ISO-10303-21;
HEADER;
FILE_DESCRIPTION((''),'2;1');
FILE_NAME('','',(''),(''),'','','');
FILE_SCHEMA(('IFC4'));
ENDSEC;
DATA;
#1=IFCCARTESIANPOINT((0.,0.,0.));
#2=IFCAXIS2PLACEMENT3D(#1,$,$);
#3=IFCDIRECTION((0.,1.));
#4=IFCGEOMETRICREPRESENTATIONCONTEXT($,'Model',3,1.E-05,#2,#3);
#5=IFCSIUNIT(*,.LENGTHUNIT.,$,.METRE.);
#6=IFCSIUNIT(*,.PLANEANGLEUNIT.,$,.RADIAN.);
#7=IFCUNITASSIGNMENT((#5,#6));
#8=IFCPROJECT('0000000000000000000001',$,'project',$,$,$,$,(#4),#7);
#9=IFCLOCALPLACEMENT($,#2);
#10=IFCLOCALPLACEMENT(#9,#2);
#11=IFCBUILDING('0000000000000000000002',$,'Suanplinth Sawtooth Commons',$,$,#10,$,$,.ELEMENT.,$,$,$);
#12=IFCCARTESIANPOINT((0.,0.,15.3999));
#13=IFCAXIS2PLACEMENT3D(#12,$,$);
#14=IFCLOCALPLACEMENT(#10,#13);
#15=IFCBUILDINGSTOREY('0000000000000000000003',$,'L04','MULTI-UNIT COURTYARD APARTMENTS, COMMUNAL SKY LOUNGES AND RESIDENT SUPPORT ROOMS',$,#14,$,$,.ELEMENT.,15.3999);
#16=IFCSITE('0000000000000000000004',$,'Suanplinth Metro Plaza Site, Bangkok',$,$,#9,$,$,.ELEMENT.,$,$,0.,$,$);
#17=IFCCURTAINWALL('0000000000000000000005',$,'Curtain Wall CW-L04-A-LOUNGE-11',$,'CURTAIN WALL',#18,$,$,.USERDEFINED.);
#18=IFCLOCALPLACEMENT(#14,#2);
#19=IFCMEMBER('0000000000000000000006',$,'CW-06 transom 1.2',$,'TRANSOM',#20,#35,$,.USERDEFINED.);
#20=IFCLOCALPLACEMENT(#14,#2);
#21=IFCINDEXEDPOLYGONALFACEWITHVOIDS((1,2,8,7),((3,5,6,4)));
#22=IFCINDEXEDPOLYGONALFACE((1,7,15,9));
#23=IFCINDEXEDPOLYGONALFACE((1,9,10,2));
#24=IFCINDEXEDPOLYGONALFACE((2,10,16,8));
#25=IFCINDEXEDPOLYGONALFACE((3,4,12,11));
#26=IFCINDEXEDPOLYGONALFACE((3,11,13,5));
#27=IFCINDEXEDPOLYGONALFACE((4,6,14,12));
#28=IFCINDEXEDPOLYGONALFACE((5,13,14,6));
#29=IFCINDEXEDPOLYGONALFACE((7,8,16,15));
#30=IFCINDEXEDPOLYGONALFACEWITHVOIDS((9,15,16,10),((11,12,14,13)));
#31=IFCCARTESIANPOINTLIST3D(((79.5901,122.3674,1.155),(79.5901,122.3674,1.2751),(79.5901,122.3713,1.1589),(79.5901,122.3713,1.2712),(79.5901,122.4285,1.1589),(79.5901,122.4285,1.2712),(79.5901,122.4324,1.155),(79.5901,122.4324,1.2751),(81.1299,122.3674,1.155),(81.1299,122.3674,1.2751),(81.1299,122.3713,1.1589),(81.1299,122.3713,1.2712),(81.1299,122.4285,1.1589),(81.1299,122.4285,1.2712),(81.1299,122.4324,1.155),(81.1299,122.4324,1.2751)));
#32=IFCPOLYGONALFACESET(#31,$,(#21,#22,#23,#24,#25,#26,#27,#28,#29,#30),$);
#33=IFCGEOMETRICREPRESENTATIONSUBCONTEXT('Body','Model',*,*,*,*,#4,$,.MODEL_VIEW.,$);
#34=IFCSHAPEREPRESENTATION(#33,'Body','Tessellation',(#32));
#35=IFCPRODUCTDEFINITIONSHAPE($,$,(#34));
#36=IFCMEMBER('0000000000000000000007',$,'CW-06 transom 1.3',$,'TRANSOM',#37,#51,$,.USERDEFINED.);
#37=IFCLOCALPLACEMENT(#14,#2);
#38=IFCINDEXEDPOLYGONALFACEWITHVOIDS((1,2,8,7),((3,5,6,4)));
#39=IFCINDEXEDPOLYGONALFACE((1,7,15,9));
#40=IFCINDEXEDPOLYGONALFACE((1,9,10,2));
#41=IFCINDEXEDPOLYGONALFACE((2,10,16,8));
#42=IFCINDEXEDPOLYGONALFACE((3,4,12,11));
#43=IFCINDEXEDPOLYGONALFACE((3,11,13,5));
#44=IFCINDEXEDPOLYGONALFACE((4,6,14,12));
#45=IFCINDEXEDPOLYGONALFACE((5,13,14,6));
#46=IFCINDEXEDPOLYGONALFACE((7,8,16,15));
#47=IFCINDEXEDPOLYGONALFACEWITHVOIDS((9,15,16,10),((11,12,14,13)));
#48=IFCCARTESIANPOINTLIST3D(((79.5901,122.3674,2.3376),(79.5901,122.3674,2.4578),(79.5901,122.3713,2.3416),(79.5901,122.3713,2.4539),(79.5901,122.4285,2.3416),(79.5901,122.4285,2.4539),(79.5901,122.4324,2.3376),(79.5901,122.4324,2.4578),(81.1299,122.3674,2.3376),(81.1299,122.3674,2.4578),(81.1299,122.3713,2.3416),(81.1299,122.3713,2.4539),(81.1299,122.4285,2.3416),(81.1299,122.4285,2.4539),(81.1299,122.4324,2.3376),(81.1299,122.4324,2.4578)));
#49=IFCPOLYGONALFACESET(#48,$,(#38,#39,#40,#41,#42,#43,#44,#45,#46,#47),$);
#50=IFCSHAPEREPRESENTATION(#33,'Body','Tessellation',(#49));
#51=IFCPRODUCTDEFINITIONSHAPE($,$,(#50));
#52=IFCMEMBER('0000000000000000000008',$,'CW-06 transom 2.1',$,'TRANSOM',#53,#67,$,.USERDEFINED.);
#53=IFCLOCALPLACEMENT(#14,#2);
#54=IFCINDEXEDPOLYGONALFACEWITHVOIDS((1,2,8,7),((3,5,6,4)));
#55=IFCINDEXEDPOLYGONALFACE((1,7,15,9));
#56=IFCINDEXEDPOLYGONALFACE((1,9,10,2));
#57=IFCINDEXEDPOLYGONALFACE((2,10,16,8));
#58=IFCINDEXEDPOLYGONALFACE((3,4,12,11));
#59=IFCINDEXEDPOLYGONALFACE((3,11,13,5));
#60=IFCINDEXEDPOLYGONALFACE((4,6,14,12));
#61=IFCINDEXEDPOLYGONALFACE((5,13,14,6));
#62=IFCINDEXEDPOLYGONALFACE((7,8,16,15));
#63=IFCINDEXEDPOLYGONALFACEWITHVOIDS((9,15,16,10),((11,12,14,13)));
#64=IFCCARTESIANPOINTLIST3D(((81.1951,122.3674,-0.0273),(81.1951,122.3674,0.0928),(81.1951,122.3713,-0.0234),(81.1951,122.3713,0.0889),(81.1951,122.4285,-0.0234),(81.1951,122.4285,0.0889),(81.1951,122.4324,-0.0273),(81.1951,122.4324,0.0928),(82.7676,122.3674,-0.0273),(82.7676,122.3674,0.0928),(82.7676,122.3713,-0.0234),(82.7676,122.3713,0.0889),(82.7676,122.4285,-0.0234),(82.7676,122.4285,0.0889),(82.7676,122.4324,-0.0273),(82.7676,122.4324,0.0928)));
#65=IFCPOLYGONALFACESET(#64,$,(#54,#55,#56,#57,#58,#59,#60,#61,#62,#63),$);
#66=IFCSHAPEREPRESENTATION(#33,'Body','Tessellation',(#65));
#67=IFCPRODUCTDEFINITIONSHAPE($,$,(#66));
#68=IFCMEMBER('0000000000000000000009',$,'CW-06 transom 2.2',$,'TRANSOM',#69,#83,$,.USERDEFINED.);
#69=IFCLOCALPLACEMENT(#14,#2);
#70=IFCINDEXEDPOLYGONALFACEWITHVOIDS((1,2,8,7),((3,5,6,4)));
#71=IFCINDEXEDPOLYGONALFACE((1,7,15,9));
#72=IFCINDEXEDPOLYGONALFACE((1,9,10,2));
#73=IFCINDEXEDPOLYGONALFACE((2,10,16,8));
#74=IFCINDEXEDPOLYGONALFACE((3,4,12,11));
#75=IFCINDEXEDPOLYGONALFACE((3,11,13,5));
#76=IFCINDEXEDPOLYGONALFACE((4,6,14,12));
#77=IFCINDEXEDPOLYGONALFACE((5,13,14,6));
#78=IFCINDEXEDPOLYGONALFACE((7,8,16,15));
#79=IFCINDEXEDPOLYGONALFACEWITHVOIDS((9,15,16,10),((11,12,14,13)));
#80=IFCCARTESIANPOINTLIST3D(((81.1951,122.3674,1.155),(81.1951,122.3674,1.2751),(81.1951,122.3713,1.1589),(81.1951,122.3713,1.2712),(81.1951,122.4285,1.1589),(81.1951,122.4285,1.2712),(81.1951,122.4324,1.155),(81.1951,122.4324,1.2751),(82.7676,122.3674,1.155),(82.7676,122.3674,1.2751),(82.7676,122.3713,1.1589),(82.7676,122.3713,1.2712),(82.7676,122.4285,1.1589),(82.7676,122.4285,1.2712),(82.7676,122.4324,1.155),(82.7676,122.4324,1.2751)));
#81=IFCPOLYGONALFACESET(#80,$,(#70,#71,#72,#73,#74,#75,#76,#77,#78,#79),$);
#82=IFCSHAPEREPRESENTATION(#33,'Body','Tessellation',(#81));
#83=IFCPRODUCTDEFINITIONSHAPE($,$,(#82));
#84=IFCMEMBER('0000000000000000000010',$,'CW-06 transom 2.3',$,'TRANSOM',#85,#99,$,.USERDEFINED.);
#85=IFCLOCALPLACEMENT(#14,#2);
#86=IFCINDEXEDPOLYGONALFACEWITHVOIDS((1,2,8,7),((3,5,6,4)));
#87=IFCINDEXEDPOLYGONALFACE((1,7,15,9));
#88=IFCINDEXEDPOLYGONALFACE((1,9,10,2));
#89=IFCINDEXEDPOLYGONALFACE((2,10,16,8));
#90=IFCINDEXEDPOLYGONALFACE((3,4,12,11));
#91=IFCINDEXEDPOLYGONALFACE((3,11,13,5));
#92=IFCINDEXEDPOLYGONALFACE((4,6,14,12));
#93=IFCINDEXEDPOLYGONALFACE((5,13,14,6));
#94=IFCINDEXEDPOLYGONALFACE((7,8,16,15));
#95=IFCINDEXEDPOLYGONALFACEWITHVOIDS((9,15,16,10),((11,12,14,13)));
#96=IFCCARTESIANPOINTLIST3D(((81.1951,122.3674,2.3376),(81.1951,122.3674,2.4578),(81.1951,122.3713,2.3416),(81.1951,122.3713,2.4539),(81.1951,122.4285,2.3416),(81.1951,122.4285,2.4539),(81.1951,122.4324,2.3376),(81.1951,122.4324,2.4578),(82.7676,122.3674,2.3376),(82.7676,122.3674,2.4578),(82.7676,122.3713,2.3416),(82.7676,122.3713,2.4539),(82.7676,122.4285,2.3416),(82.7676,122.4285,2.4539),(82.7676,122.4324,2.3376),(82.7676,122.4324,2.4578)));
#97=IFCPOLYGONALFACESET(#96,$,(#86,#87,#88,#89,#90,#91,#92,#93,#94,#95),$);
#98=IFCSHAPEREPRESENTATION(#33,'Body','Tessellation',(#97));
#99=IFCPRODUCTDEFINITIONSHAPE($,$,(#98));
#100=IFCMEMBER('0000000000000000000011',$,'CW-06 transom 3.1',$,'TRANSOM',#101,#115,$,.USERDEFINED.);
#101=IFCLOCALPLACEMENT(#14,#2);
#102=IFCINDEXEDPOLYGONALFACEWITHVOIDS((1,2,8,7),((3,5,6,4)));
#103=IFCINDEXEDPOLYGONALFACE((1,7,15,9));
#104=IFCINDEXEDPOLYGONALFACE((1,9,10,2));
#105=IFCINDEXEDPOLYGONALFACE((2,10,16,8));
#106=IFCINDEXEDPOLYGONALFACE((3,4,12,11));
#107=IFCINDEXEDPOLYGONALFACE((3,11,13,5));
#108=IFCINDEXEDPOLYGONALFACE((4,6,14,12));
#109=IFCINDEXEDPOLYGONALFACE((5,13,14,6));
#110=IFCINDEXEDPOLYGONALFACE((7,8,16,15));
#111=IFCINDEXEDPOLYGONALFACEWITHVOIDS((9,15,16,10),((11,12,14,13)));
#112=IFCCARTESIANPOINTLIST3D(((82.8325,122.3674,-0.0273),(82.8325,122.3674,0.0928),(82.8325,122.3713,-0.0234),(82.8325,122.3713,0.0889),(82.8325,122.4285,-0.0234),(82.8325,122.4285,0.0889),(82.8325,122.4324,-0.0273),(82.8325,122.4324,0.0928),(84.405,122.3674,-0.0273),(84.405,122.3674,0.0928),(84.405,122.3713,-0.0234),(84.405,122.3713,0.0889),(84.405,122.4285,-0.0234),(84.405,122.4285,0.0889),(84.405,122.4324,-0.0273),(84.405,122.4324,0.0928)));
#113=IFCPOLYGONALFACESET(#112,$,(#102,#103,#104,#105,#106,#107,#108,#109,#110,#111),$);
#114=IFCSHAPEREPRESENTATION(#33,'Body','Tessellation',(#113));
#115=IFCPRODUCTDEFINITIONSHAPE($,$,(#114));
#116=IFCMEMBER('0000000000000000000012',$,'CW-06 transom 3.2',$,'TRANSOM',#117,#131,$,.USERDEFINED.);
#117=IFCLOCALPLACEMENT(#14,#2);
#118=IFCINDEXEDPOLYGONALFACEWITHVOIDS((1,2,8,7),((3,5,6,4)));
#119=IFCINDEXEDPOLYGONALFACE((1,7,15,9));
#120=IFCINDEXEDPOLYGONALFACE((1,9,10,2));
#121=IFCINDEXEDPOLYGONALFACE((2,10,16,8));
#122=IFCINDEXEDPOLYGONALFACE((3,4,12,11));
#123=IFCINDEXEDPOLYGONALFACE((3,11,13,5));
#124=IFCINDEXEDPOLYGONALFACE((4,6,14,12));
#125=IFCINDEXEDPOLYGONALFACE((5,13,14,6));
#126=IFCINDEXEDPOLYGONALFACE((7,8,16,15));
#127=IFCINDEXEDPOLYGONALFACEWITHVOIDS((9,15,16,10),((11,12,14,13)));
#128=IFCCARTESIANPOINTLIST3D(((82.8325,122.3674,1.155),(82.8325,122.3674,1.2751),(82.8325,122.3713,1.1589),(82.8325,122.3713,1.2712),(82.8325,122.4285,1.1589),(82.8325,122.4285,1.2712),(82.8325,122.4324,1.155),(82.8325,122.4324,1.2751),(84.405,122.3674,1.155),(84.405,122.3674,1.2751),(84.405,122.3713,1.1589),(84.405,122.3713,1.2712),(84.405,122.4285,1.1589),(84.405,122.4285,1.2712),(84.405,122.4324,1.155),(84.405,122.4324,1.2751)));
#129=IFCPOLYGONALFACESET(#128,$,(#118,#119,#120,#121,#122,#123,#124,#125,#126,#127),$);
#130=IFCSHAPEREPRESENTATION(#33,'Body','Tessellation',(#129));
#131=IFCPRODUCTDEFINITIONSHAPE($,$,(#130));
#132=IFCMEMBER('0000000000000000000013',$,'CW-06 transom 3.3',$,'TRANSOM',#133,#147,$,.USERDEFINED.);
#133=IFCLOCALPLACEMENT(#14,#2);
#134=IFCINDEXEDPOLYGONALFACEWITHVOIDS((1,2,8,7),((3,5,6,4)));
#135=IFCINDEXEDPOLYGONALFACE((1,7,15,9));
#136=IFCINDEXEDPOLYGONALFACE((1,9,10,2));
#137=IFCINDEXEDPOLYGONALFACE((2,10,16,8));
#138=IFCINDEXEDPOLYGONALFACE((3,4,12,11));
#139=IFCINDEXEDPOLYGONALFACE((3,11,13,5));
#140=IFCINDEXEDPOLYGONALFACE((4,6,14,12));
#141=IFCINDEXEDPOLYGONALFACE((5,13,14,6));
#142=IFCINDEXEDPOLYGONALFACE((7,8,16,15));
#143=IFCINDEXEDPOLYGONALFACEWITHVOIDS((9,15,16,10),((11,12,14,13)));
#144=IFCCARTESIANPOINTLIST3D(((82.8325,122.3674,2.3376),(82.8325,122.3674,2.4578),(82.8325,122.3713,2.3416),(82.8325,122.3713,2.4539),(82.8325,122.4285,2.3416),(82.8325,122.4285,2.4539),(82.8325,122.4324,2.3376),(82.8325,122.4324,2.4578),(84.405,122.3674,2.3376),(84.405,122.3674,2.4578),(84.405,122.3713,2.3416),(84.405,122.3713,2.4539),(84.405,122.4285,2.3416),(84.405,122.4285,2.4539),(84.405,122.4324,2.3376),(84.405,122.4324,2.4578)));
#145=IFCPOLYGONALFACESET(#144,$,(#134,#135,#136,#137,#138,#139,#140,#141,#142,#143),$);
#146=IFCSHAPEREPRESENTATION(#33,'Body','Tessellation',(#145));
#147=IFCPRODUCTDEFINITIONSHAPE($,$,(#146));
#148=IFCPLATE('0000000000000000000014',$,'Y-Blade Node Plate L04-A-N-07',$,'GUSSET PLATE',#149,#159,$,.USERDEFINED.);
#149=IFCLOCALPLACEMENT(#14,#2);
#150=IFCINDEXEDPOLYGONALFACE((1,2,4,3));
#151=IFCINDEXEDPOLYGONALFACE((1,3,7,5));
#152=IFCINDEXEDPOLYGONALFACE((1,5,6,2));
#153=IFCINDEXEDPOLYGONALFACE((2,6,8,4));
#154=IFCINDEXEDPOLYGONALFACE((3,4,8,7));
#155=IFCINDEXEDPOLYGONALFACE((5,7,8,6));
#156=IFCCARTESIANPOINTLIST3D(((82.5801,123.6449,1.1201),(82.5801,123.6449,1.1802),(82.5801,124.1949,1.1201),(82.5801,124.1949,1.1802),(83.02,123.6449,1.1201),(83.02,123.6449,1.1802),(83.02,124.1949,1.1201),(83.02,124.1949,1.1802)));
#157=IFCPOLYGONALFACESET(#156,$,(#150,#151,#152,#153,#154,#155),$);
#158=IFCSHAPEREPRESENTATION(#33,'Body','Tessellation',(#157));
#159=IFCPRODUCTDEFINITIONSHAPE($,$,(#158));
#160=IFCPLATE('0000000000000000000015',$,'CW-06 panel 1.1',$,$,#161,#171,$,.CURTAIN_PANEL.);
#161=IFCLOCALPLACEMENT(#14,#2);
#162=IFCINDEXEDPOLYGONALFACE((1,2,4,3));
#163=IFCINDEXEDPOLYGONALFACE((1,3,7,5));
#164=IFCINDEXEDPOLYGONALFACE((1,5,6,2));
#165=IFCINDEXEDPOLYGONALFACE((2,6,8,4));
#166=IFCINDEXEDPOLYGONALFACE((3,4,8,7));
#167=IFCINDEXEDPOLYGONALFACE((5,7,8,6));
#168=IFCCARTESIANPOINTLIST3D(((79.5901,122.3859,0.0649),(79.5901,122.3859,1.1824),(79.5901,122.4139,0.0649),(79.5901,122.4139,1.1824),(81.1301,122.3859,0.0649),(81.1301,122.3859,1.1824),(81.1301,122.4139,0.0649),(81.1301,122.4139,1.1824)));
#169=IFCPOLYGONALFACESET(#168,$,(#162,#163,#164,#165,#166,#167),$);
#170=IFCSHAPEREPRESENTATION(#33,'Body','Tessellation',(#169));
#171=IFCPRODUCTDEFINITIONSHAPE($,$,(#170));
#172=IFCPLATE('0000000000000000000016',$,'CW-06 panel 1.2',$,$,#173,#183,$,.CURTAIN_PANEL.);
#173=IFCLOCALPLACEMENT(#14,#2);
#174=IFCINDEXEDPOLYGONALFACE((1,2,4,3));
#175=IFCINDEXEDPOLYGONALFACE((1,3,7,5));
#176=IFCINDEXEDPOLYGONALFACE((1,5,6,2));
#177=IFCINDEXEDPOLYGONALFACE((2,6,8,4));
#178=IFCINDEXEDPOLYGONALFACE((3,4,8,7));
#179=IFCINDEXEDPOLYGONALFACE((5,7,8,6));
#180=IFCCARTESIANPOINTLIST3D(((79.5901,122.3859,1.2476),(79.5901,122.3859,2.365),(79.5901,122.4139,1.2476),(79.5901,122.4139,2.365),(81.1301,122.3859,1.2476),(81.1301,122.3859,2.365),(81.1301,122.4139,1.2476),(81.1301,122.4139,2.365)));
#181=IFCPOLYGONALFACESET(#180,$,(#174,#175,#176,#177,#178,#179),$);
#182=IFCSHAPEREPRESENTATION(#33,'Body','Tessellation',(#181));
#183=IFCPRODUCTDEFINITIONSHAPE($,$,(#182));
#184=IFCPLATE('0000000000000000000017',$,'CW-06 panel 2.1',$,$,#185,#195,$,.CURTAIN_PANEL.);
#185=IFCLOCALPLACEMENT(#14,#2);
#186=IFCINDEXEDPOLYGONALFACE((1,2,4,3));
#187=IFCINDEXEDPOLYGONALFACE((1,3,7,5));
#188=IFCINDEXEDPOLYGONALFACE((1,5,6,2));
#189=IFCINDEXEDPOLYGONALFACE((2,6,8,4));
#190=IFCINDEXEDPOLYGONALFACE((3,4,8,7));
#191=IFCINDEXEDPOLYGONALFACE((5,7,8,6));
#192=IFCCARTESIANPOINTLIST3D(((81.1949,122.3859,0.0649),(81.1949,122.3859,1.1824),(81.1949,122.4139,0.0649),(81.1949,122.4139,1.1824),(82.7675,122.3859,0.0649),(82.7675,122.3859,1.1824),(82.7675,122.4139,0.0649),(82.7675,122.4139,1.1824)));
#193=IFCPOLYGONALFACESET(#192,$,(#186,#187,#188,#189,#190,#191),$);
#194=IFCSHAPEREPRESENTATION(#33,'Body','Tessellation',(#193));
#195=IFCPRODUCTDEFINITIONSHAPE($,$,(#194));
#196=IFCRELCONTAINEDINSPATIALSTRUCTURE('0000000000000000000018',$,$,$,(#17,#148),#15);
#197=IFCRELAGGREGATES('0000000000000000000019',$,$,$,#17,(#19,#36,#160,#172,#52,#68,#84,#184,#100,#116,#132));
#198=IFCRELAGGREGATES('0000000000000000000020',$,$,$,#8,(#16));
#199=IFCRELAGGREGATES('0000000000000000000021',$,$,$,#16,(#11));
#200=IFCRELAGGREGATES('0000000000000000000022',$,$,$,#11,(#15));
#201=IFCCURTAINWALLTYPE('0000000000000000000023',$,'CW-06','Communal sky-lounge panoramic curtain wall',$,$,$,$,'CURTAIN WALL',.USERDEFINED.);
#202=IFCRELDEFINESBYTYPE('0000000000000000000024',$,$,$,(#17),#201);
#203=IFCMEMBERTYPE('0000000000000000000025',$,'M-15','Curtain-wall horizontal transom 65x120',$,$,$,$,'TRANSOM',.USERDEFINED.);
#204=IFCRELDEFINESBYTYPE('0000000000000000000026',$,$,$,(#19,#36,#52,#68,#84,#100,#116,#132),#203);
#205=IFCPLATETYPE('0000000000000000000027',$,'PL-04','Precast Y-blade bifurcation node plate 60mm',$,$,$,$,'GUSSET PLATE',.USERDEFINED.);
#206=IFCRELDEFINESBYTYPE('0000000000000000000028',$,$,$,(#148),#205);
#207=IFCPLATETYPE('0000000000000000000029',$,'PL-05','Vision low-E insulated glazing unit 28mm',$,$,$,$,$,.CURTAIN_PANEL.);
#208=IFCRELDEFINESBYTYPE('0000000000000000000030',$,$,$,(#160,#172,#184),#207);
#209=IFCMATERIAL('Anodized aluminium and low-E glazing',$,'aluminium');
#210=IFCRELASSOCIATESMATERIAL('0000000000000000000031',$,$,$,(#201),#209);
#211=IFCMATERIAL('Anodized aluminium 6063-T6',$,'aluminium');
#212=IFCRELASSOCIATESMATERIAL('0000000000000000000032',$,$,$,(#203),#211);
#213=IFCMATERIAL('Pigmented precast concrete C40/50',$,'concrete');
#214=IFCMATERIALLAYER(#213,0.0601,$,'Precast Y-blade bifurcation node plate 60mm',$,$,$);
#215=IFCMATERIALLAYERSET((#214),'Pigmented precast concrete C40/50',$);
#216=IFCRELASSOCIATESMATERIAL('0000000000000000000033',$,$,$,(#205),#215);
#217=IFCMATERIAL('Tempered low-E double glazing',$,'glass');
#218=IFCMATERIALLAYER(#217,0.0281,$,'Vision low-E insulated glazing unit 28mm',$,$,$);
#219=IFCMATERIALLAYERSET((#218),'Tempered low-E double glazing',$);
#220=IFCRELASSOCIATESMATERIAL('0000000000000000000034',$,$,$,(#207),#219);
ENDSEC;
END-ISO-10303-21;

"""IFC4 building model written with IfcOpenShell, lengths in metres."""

from ifc_helpers import new_model, si_unit, direction, frame, origin, origin_2d, place, context, subcontext, project, spatial, rectangle, hollow_rectangle, extrude, material, layer, layer_set, material_profile, profile_set, type_object, element, aggregate, save


model = new_model("IFC4")

# Units and contexts
model_context = context("Model", 3, precision=1e-05, world=origin(), true_north=direction((0.0, 1.0)))
body_context = subcontext(model_context, "Body", "Model", "MODEL_VIEW")
ifc_project = project(units=[si_unit("LENGTHUNIT", "METRE"), si_unit("PLANEANGLEUNIT", "RADIAN")], contexts=[model_context])

# Site, building, storey
site_placement = place(None, origin())
site = spatial("IfcSite", under=ifc_project, at=site_placement, Name="Suanplinth Metro Plaza Site, Bangkok", CompositionType="ELEMENT", RefElevation=0.0)
building_placement = place(site_placement, origin())
building = spatial("IfcBuilding", under=site, at=building_placement, Name="Suanplinth Sawtooth Commons", CompositionType="ELEMENT")
storey_placement = place(building_placement, frame((0.0, 0.0, 15.3999)))
storey = spatial("IfcBuildingStorey", under=building, at=storey_placement, Name="L04", Description="MULTI-UNIT COURTYARD APARTMENTS, COMMUNAL SKY LOUNGES AND RESIDENT SUPPORT ROOMS", CompositionType="ELEMENT", Elevation=15.3999)

# Shared definitions
ifc_material_1 = material(Name="Pigmented precast concrete C40/50", Category="concrete")

# Curtain wall, members
ifc_material_2 = material(Name="Anodized aluminium and low-E glazing", Category="aluminium")
curtain_wall_type = type_object("IfcCurtainWallType", Name="CW-06", Description="Communal sky-lounge panoramic curtain wall", ElementType="CURTAIN WALL", PredefinedType="USERDEFINED", material=ifc_material_2)
curtain_wall_placement = place(storey_placement, origin())
curtain_wall = element("IfcCurtainWall", 1, at=curtain_wall_placement, inside=storey, type_object=curtain_wall_type, Name="Curtain Wall CW-L04-A-LOUNGE-11", ObjectType="CURTAIN WALL", PredefinedType="USERDEFINED")
ifc_material_3 = material(Name="Anodized aluminium 6063-T6", Category="aluminium")
ifc_material_profile_1 = material_profile(ifc_material_3, hollow_rectangle(XDim=0.0649, YDim=0.1201, WallThickness=0.0039, at=origin_2d()), Name="ALU-TRN 65x120")
ifc_profile_set_1 = profile_set([ifc_material_profile_1], Name="Anodized aluminium 6063-T6")
member_type_1 = type_object("IfcMemberType", Name="M-15", Description="Curtain-wall horizontal transom 65x120", ElementType="TRANSOM", PredefinedType="USERDEFINED", material=ifc_profile_set_1)
member_1_placement = place(storey_placement, frame((79.5901, 122.3999, 1.2151), z_axis=(1.0, 0.0, 0.0), x_axis=(0.0, 1.0, 0.0)))
member_1 = element("IfcMember", 2, at=member_1_placement, type_object=member_type_1, Name="CW-06 transom 1.2", ObjectType="TRANSOM", PredefinedType="USERDEFINED", context=body_context, shape_type="SweptSolid", body=[
    extrude(hollow_rectangle(XDim=0.0649, YDim=0.1201, WallThickness=0.0039, at=origin_2d()), origin(), (0.0, 0.0, 1.0), 1.5398),
])
member_2_placement = place(storey_placement, frame((79.5901, 122.3999, 2.3977), z_axis=(1.0, 0.0, 0.0), x_axis=(0.0, 1.0, 0.0)))
member_2 = element("IfcMember", 3, at=member_2_placement, type_object=member_type_1, Name="CW-06 transom 1.3", ObjectType="TRANSOM", PredefinedType="USERDEFINED", context=body_context, shape_type="SweptSolid", body=[
    extrude(hollow_rectangle(XDim=0.0649, YDim=0.1201, WallThickness=0.0039, at=origin_2d()), origin(), (0.0, 0.0, 1.0), 1.5398),
])
member_3_placement = place(storey_placement, frame((81.1951, 122.3999, 0.0327), z_axis=(1.0, 0.0, 0.0), x_axis=(0.0, 1.0, 0.0)))
member_3 = element("IfcMember", 4, at=member_3_placement, type_object=member_type_1, Name="CW-06 transom 2.1", ObjectType="TRANSOM", PredefinedType="USERDEFINED", context=body_context, shape_type="SweptSolid", body=[
    extrude(hollow_rectangle(XDim=0.0649, YDim=0.1201, WallThickness=0.0039, at=origin_2d()), origin(), (0.0, 0.0, 1.0), 1.5725),
])
member_4_placement = place(storey_placement, frame((81.1951, 122.3999, 1.2151), z_axis=(1.0, 0.0, 0.0), x_axis=(0.0, 1.0, 0.0)))
member_4 = element("IfcMember", 5, at=member_4_placement, type_object=member_type_1, Name="CW-06 transom 2.2", ObjectType="TRANSOM", PredefinedType="USERDEFINED", context=body_context, shape_type="SweptSolid", body=[
    extrude(hollow_rectangle(XDim=0.0649, YDim=0.1201, WallThickness=0.0039, at=origin_2d()), origin(), (0.0, 0.0, 1.0), 1.5725),
])
member_5_placement = place(storey_placement, frame((81.1951, 122.3999, 2.3977), z_axis=(1.0, 0.0, 0.0), x_axis=(0.0, 1.0, 0.0)))
member_5 = element("IfcMember", 6, at=member_5_placement, type_object=member_type_1, Name="CW-06 transom 2.3", ObjectType="TRANSOM", PredefinedType="USERDEFINED", context=body_context, shape_type="SweptSolid", body=[
    extrude(hollow_rectangle(XDim=0.0649, YDim=0.1201, WallThickness=0.0039, at=origin_2d()), origin(), (0.0, 0.0, 1.0), 1.5725),
])
member_6_placement = place(storey_placement, frame((82.8325, 122.3999, 0.0327), z_axis=(1.0, 0.0, 0.0), x_axis=(0.0, 1.0, 0.0)))
member_6 = element("IfcMember", 7, at=member_6_placement, type_object=member_type_1, Name="CW-06 transom 3.1", ObjectType="TRANSOM", PredefinedType="USERDEFINED", context=body_context, shape_type="SweptSolid", body=[
    extrude(hollow_rectangle(XDim=0.0649, YDim=0.1201, WallThickness=0.0039, at=origin_2d()), origin(), (0.0, 0.0, 1.0), 1.5725),
])
member_7_placement = place(storey_placement, frame((82.8325, 122.3999, 1.2151), z_axis=(1.0, 0.0, 0.0), x_axis=(0.0, 1.0, 0.0)))
member_7 = element("IfcMember", 8, at=member_7_placement, type_object=member_type_1, Name="CW-06 transom 3.2", ObjectType="TRANSOM", PredefinedType="USERDEFINED", context=body_context, shape_type="SweptSolid", body=[
    extrude(hollow_rectangle(XDim=0.0649, YDim=0.1201, WallThickness=0.0039, at=origin_2d()), origin(), (0.0, 0.0, 1.0), 1.5725),
])
member_8_placement = place(storey_placement, frame((82.8325, 122.3999, 2.3977), z_axis=(1.0, 0.0, 0.0), x_axis=(0.0, 1.0, 0.0)))
member_8 = element("IfcMember", 9, at=member_8_placement, type_object=member_type_1, Name="CW-06 transom 3.3", ObjectType="TRANSOM", PredefinedType="USERDEFINED", context=body_context, shape_type="SweptSolid", body=[
    extrude(hollow_rectangle(XDim=0.0649, YDim=0.1201, WallThickness=0.0039, at=origin_2d()), origin(), (0.0, 0.0, 1.0), 1.5725),
])

# Plates
ifc_layer_1 = layer(ifc_material_1, 0.0601, Name="Precast Y-blade bifurcation node plate 60mm")
ifc_layer_set_1 = layer_set([ifc_layer_1], Name="Pigmented precast concrete C40/50")
plate_type_1 = type_object("IfcPlateType", Name="PL-04", Description="Precast Y-blade bifurcation node plate 60mm", ElementType="GUSSET PLATE", PredefinedType="USERDEFINED", material=ifc_layer_set_1)
plate_1_placement = place(storey_placement, frame((82.8, 123.9199, 1.1201), z_axis=(0.0, 0.0, 1.0), x_axis=(1.0, 0.0, 0.0)))
element("IfcPlate", 10, at=plate_1_placement, inside=storey, type_object=plate_type_1, Name="Y-Blade Node Plate L04-A-N-07", ObjectType="GUSSET PLATE", PredefinedType="USERDEFINED", context=body_context, shape_type="SweptSolid", body=[
    extrude(rectangle(XDim=0.4399, YDim=0.55, at=origin_2d()), origin(), (0.0, 0.0, 1.0), 0.0601),
])
ifc_material_4 = material(Name="Tempered low-E double glazing", Category="glass")
ifc_layer_2 = layer(ifc_material_4, 0.0281, Name="Vision low-E insulated glazing unit 28mm")
ifc_layer_set_2 = layer_set([ifc_layer_2], Name="Tempered low-E double glazing")
plate_type_2 = type_object("IfcPlateType", Name="PL-05", Description="Vision low-E insulated glazing unit 28mm", PredefinedType="CURTAIN_PANEL", material=ifc_layer_set_2)
plate_2_placement = place(storey_placement, frame((80.3601, 122.3999, 0.0649), z_axis=(0.0, 0.0, 1.0), x_axis=(1.0, 0.0, 0.0)))
plate_2 = element("IfcPlate", 11, at=plate_2_placement, type_object=plate_type_2, Name="CW-06 panel 1.1", PredefinedType="CURTAIN_PANEL", context=body_context, shape_type="SweptSolid", body=[
    extrude(rectangle(XDim=1.54, YDim=0.0281, at=origin_2d()), origin(), (0.0, 0.0, 1.0), 1.1174),
])
plate_3_placement = place(storey_placement, frame((80.3601, 122.3999, 1.2476), z_axis=(0.0, 0.0, 1.0), x_axis=(1.0, 0.0, 0.0)))
plate_3 = element("IfcPlate", 12, at=plate_3_placement, type_object=plate_type_2, Name="CW-06 panel 1.2", PredefinedType="CURTAIN_PANEL", context=body_context, shape_type="SweptSolid", body=[
    extrude(rectangle(XDim=1.54, YDim=0.0281, at=origin_2d()), origin(), (0.0, 0.0, 1.0), 1.1174),
])
plate_4_placement = place(storey_placement, frame((81.9812, 122.3999, 0.0649), z_axis=(0.0, 0.0, 1.0), x_axis=(1.0, 0.0, 0.0)))
plate_4 = element("IfcPlate", 13, at=plate_4_placement, type_object=plate_type_2, Name="CW-06 panel 2.1", PredefinedType="CURTAIN_PANEL", context=body_context, shape_type="SweptSolid", body=[
    extrude(rectangle(XDim=1.5725, YDim=0.0281, at=origin_2d()), origin(), (0.0, 0.0, 1.0), 1.1174),
])
aggregate(curtain_wall, [member_1, member_2, plate_2, plate_3, member_3, member_4, member_5, plate_4, member_6, member_7, member_8])

save(model, "model.ifc")
